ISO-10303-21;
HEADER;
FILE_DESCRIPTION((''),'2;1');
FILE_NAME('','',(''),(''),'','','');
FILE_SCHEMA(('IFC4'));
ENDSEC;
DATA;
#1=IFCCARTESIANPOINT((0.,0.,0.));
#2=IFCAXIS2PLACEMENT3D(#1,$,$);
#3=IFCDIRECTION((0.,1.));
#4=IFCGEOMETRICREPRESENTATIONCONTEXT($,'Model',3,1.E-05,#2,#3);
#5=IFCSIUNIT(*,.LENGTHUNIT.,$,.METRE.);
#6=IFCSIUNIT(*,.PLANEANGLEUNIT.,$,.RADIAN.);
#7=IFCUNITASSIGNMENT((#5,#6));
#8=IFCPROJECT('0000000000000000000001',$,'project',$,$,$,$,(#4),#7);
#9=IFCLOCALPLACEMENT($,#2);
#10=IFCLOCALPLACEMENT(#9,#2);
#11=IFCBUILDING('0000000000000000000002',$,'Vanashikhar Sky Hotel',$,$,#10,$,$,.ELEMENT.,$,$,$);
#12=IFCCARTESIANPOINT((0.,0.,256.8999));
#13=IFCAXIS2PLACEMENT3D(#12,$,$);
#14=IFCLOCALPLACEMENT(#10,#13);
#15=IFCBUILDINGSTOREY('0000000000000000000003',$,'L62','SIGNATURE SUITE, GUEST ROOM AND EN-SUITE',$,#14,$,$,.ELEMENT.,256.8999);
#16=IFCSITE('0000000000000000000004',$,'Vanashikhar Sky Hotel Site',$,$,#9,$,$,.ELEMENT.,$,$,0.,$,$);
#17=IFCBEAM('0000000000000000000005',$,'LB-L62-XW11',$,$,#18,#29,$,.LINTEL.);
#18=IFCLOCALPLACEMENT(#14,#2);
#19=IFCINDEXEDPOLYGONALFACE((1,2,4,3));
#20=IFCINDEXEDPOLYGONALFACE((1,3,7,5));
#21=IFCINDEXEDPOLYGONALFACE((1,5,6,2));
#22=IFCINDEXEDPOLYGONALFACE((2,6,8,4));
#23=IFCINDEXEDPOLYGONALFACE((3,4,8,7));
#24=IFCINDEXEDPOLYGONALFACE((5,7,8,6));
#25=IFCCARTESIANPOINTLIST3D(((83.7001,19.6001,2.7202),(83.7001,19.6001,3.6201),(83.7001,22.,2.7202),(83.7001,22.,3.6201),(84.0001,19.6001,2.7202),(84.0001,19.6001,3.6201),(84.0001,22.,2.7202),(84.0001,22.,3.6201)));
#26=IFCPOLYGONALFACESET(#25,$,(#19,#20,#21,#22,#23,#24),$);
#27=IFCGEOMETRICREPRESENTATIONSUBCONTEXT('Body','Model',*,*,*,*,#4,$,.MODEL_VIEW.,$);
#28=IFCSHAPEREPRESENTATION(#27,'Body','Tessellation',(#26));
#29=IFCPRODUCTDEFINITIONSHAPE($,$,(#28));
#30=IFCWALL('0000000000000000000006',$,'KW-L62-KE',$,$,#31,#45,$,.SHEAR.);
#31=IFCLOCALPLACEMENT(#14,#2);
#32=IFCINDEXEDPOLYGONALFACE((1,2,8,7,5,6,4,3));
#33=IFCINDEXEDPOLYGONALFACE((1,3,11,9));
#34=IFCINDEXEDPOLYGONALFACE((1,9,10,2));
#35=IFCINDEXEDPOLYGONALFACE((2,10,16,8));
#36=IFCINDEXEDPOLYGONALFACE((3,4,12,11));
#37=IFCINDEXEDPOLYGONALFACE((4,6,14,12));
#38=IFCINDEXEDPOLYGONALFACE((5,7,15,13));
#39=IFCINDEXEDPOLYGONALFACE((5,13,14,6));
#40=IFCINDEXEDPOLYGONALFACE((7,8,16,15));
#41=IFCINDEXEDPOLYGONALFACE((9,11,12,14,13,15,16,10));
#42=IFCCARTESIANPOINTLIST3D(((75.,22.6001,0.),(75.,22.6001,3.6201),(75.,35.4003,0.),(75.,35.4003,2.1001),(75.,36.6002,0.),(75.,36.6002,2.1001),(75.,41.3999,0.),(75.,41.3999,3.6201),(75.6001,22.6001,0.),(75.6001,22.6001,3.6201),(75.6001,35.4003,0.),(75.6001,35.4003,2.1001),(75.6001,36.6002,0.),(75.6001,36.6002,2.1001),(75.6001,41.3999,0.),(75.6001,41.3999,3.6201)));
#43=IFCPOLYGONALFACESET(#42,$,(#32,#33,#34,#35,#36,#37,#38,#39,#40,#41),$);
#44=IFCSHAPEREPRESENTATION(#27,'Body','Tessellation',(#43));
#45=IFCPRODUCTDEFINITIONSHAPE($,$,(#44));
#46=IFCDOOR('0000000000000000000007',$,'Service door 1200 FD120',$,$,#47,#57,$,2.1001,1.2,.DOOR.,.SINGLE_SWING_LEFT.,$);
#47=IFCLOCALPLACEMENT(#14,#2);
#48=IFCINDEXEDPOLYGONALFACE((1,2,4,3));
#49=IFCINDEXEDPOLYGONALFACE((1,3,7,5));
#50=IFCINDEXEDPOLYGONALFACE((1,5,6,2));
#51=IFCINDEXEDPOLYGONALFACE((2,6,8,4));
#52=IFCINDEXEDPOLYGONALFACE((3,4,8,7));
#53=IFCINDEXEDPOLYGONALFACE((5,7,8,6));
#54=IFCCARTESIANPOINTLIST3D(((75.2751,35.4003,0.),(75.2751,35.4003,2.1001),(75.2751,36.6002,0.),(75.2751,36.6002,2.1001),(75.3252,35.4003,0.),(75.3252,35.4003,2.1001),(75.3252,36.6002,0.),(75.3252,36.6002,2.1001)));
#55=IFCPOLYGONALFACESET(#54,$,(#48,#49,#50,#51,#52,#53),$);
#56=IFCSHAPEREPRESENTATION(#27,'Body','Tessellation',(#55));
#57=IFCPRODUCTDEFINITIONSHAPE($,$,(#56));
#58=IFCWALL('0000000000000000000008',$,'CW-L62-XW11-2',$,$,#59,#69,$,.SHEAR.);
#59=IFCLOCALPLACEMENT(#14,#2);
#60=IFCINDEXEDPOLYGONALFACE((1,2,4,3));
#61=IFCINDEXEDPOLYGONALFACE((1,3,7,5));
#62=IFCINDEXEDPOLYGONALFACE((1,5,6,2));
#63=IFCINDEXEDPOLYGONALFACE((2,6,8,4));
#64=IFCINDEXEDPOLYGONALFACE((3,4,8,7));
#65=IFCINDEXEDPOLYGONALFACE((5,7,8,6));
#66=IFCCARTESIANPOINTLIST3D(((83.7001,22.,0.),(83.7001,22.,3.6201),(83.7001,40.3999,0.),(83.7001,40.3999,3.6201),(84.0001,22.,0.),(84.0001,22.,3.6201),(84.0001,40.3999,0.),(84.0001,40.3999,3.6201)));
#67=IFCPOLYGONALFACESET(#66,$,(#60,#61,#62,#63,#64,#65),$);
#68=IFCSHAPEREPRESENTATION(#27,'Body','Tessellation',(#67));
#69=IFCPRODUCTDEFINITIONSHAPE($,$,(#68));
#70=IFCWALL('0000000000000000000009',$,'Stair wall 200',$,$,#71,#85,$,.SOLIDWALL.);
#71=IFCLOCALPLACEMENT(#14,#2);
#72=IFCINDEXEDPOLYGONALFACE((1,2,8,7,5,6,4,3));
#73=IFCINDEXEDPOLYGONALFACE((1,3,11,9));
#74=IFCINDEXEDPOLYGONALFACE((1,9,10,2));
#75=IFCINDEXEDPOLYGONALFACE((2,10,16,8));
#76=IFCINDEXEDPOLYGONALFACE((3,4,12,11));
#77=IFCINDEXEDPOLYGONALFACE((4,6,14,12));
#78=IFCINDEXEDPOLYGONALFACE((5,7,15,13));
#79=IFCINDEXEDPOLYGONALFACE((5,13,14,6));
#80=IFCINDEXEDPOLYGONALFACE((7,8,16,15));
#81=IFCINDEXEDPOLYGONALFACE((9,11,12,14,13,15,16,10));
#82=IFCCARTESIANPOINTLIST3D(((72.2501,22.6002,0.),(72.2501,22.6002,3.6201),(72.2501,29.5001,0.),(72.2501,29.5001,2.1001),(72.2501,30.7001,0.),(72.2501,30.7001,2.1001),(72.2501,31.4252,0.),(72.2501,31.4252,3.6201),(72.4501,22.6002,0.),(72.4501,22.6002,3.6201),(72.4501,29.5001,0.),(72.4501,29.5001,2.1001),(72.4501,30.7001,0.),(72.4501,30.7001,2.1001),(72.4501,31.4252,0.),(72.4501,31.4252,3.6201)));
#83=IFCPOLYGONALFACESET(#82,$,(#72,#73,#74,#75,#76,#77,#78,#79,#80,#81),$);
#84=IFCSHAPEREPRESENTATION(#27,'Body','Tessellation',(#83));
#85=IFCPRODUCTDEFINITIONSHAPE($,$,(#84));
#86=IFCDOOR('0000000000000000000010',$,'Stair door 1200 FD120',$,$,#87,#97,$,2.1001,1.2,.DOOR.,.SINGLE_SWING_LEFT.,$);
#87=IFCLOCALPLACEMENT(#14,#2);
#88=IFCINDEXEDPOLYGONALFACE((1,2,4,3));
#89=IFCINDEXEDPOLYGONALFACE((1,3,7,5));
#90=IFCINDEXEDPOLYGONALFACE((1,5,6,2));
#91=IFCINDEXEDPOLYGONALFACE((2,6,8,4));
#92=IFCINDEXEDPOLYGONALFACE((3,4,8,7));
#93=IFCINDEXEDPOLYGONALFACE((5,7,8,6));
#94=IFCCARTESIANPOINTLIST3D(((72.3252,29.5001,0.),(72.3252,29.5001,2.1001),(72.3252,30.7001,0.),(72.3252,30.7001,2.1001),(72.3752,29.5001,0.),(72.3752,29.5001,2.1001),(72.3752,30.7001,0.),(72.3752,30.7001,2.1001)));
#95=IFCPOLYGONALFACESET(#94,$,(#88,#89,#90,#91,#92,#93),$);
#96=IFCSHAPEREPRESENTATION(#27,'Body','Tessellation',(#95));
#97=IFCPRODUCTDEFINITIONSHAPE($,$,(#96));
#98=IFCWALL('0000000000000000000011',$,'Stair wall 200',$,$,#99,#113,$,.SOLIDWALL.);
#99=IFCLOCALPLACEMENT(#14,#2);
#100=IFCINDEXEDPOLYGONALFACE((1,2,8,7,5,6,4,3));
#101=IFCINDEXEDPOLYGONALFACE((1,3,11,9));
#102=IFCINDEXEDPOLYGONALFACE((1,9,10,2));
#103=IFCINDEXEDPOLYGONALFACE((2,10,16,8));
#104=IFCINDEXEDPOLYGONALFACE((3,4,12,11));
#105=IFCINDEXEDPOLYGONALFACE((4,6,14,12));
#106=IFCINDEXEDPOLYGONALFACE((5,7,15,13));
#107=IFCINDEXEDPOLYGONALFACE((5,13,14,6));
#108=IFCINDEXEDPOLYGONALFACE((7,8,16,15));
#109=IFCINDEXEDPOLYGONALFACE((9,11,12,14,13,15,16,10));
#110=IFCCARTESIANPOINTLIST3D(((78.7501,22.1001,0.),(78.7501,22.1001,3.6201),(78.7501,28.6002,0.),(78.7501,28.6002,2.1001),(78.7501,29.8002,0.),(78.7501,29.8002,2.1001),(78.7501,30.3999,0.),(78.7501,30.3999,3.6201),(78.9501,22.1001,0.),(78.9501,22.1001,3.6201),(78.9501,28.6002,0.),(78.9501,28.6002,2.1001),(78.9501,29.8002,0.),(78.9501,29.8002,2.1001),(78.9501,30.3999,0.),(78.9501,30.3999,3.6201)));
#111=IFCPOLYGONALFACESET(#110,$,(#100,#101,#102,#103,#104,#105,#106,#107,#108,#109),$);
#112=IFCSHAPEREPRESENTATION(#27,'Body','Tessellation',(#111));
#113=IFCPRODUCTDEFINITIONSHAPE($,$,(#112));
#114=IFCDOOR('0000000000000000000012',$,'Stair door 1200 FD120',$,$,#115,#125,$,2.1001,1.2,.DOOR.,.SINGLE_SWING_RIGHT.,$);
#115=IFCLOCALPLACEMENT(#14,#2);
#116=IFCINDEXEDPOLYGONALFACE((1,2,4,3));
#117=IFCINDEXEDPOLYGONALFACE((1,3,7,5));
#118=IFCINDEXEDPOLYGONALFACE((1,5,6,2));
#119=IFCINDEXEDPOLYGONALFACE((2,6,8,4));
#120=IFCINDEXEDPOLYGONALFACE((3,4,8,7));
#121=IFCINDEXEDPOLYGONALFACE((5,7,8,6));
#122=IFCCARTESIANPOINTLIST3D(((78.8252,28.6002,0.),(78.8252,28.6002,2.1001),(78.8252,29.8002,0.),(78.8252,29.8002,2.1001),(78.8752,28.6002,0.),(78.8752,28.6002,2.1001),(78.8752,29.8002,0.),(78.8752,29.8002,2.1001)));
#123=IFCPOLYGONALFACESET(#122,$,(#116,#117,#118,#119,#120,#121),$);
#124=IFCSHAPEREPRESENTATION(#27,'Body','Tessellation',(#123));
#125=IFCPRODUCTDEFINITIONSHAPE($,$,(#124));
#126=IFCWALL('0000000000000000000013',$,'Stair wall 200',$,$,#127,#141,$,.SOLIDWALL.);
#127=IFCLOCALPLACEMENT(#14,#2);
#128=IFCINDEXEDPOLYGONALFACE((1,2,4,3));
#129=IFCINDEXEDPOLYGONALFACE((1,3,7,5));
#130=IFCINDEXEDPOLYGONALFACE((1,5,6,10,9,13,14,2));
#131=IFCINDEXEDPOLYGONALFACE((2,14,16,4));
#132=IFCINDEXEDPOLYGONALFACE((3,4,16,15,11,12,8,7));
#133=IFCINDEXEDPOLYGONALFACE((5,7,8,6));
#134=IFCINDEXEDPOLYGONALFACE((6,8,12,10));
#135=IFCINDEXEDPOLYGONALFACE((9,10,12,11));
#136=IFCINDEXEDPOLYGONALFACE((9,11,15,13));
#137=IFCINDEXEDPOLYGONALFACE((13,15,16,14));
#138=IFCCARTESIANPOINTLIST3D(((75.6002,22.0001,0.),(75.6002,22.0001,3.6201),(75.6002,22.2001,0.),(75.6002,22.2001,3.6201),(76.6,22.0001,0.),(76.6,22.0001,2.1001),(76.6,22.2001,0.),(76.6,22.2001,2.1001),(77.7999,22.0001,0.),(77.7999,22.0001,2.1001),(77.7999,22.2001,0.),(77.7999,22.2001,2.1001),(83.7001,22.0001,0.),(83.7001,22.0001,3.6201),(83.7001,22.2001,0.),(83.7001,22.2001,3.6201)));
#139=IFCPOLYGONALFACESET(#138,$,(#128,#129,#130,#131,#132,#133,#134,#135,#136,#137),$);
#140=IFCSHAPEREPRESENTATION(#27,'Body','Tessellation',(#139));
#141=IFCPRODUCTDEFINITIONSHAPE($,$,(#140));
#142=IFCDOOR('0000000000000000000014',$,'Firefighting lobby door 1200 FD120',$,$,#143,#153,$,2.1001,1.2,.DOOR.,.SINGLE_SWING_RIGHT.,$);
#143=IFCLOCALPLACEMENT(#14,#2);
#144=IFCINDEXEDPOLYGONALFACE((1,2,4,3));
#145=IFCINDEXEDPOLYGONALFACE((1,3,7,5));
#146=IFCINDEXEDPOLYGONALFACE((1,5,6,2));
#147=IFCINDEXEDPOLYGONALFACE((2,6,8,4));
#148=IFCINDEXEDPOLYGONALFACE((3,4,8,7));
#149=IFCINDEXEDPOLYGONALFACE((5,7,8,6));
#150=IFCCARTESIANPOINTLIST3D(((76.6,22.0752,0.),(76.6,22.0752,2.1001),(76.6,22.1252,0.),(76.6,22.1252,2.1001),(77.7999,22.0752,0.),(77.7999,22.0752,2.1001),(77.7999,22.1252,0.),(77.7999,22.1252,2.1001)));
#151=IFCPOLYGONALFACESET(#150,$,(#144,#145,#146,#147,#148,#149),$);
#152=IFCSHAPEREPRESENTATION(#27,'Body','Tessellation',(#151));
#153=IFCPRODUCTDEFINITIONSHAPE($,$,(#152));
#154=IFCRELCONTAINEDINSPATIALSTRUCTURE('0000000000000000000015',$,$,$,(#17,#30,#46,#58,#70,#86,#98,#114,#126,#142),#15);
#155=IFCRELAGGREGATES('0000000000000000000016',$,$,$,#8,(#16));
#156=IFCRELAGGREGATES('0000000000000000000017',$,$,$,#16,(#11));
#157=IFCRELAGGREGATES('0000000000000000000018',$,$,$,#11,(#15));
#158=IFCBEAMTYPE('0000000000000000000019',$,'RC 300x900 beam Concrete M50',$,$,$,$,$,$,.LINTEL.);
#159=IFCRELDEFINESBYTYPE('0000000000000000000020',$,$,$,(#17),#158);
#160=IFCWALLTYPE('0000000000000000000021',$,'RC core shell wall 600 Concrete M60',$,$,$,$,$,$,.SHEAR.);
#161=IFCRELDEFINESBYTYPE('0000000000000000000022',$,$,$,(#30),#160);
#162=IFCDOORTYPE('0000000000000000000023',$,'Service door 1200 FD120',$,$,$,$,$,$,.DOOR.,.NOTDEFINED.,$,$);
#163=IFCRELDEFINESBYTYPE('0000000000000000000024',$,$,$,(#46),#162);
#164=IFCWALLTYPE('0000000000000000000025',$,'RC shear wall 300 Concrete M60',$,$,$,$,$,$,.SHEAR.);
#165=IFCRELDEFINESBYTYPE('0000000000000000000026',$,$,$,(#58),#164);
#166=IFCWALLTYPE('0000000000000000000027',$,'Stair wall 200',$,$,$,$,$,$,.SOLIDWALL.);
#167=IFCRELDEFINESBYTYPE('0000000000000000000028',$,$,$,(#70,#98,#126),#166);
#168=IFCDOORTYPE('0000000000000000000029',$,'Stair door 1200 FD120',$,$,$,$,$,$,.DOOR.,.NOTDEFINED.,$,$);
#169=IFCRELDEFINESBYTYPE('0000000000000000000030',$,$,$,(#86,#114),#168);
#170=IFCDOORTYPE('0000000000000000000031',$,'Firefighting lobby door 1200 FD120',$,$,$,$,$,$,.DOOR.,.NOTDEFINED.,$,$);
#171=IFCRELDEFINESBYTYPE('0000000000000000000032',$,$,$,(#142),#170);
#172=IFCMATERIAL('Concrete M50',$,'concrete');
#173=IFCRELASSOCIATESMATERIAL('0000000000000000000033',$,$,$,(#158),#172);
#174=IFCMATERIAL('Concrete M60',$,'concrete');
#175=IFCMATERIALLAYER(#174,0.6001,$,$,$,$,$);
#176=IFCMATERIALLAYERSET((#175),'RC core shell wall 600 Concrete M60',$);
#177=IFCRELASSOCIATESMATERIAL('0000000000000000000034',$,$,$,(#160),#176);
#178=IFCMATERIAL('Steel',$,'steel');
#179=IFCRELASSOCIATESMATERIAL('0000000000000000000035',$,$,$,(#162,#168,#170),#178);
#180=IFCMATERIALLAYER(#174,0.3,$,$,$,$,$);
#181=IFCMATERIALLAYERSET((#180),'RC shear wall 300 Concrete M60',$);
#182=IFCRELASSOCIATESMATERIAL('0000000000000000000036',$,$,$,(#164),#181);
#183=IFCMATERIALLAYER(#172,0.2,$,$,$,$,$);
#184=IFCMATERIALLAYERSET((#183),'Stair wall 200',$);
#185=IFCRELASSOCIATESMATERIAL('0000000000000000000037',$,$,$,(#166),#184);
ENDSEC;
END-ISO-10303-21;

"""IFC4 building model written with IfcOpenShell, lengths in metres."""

from ifc_helpers import new_model, si_unit, direction, frame, frame_2d, origin, origin_2d, place, context, subcontext, project, spatial, rectangle, extrude, source, transform, mapped, material, layer, layer_set, material_profile, profile_set, type_object, element, fill, save


model = new_model("IFC4")

# Units and contexts
model_context = context("Model", 3, precision=1e-05, world=origin(), true_north=direction((0.0, 1.0)))
body_context = subcontext(model_context, "Body", "Model", "MODEL_VIEW")
ifc_project = project(units=[si_unit("LENGTHUNIT", "METRE"), si_unit("PLANEANGLEUNIT", "RADIAN")], contexts=[model_context])

# Site, building, storey
site_placement = place(None, origin())
site = spatial("IfcSite", under=ifc_project, at=site_placement, Name="Vanashikhar Sky Hotel Site", CompositionType="ELEMENT", RefElevation=0.0)
building_placement = place(site_placement, origin())
building = spatial("IfcBuilding", under=site, at=building_placement, Name="Vanashikhar Sky Hotel", CompositionType="ELEMENT")
storey_placement = place(building_placement, frame((0.0, 0.0, 256.8999)))
storey = spatial("IfcBuildingStorey", under=building, at=storey_placement, Name="L62", Description="SIGNATURE SUITE, GUEST ROOM AND EN-SUITE", CompositionType="ELEMENT", Elevation=256.8999)

# Beam
ifc_material_1 = material(Name="Concrete M50", Category="concrete")
ifc_material_profile = material_profile(ifc_material_1, rectangle(XDim=0.3, YDim=0.8999, at=origin_2d()))
ifc_profile_set = profile_set([ifc_material_profile], Name="RC 300x900 beam Concrete M50")
beam_type = type_object("IfcBeamType", Name="RC 300x900 beam Concrete M50", PredefinedType="LINTEL", material=ifc_profile_set)
shared_shape_1 = source(origin(), body_context, "Body", "SweptSolid", [
    extrude(rectangle(XDim=0.3, YDim=0.8999, at=origin_2d()), origin(), (0.0, 0.0, 1.0), 2.3999),
])
beam_placement = place(storey_placement, frame((83.8501, 19.6001, 3.1702), z_axis=(0.0, 1.0, 0.0), x_axis=(-1.0, 0.0, 0.0)))
element("IfcBeam", 1, at=beam_placement, inside=storey, type_object=beam_type, Name="LB-L62-XW11", PredefinedType="LINTEL", context=body_context, shape_type="MappedRepresentation", body=[
    mapped(shared_shape_1, transform((0.0, 0.0, 0.0), scale=1.0)),
])

# Wall, opening, door
ifc_material_2 = material(Name="Concrete M60", Category="concrete")
ifc_layer_1 = layer(ifc_material_2, 0.6001)
ifc_layer_set_1 = layer_set([ifc_layer_1], Name="RC core shell wall 600 Concrete M60")
wall_type_1 = type_object("IfcWallType", Name="RC core shell wall 600 Concrete M60", PredefinedType="SHEAR", material=ifc_layer_set_1)
shared_shape_2 = source(origin(), body_context, "Body", "SweptSolid", [
    extrude(rectangle(XDim=18.7998, YDim=0.6001, at=frame_2d((9.3999, 0.0))), origin(), (0.0, 0.0, 1.0), 3.6201),
])
wall_1_placement = place(storey_placement, frame((75.3, 22.6001, 0.0), z_axis=(0.0, 0.0, 1.0), x_axis=(0.0, 1.0, 0.0)))
wall_1 = element("IfcWall", 2, at=wall_1_placement, inside=storey, type_object=wall_type_1, Name="KW-L62-KE", PredefinedType="SHEAR", context=body_context, shape_type="MappedRepresentation", body=[
    mapped(shared_shape_2, transform((0.0, 0.0, 0.0), scale=1.0)),
])
shared_shape_3 = source(origin(), body_context, "Body", "SweptSolid", [
    extrude(rectangle(XDim=1.2, YDim=2.1001, at=frame_2d((0.6001, 1.05))), frame((0.0, 0.3101, 0.0), z_axis=(0.0, -1.0, 0.0), x_axis=(1.0, 0.0, 0.0)), (0.0, 0.0, 1.0), 0.6201),
])
opening_1_placement = place(wall_1_placement, frame((12.8, 0.0, 0.0)))
opening_1 = element("IfcOpeningElement", 3, at=opening_1_placement, cuts=wall_1, PredefinedType="OPENING", context=body_context, shape_type="MappedRepresentation", body=[
    mapped(shared_shape_3, transform((0.0, 0.0, 0.0), scale=1.0)),
])
ifc_material_3 = material(Name="Steel", Category="steel")
door_type_1 = type_object("IfcDoorType", Name="Service door 1200 FD120", OperationType="NOTDEFINED", PredefinedType="DOOR", material=ifc_material_3)
shared_shape_4 = source(origin(), body_context, "Body", "SweptSolid", [
    extrude(rectangle(XDim=1.2, YDim=2.1001, at=frame_2d((0.6001, 1.05))), frame((0.0, 0.0249, 0.0), z_axis=(0.0, -1.0, 0.0), x_axis=(1.0, 0.0, 0.0)), (0.0, 0.0, 1.0), 0.05),
])
door_1_placement = place(opening_1_placement, origin())
door_1 = element("IfcDoor", 4, at=door_1_placement, inside=storey, type_object=door_type_1, Name="Service door 1200 FD120", OperationType="SINGLE_SWING_LEFT", OverallHeight=2.1001, OverallWidth=1.2, PredefinedType="DOOR", context=body_context, shape_type="MappedRepresentation", body=[
    mapped(shared_shape_4, transform((0.0, 0.0, 0.0), scale=1.0)),
])
fill(opening_1, door_1)

# Wall
ifc_layer_2 = layer(ifc_material_2, 0.3)
ifc_layer_set_2 = layer_set([ifc_layer_2], Name="RC shear wall 300 Concrete M60")
wall_type_2 = type_object("IfcWallType", Name="RC shear wall 300 Concrete M60", PredefinedType="SHEAR", material=ifc_layer_set_2)
shared_shape_5 = source(origin(), body_context, "Body", "SweptSolid", [
    extrude(rectangle(XDim=18.3999, YDim=0.3, at=frame_2d((9.2, 0.0))), origin(), (0.0, 0.0, 1.0), 3.6201),
])
wall_2_placement = place(storey_placement, frame((83.8501, 22.0, 0.0), z_axis=(0.0, 0.0, 1.0), x_axis=(0.0, 1.0, 0.0)))
element("IfcWall", 5, at=wall_2_placement, inside=storey, type_object=wall_type_2, Name="CW-L62-XW11-2", PredefinedType="SHEAR", context=body_context, shape_type="MappedRepresentation", body=[
    mapped(shared_shape_5, transform((0.0, 0.0, 0.0), scale=1.0)),
])

# Walls, openings, doors
ifc_layer_3 = layer(ifc_material_1, 0.2)
ifc_layer_set_3 = layer_set([ifc_layer_3], Name="Stair wall 200")
wall_type_3 = type_object("IfcWallType", Name="Stair wall 200", PredefinedType="SOLIDWALL", material=ifc_layer_set_3)
shared_shape_6 = source(origin(), body_context, "Body", "SweptSolid", [
    extrude(rectangle(XDim=8.825, YDim=0.2, at=frame_2d((4.4126, 0.0))), origin(), (0.0, 0.0, 1.0), 3.6201),
])
wall_3_placement = place(storey_placement, frame((72.3501, 22.6001, 0.0), z_axis=(0.0, 0.0, 1.0), x_axis=(0.0, 1.0, 0.0)))
wall_3 = element("IfcWall", 6, at=wall_3_placement, inside=storey, type_object=wall_type_3, Name="Stair wall 200", PredefinedType="SOLIDWALL", context=body_context, shape_type="MappedRepresentation", body=[
    mapped(shared_shape_6, transform((0.0, 0.0, 0.0), scale=1.0)),
])
shared_shape_7 = source(origin(), body_context, "Body", "SweptSolid", [
    extrude(rectangle(XDim=1.2, YDim=2.1001, at=frame_2d((0.6001, 1.05))), frame((0.0, 0.1099, 0.0), z_axis=(0.0, -1.0, 0.0), x_axis=(1.0, 0.0, 0.0)), (0.0, 0.0, 1.0), 0.22),
])
opening_2_placement = place(wall_3_placement, frame((6.8999, 0.0, 0.0)))
opening_2 = element("IfcOpeningElement", 7, at=opening_2_placement, cuts=wall_3, PredefinedType="OPENING", context=body_context, shape_type="MappedRepresentation", body=[
    mapped(shared_shape_7, transform((0.0, 0.0, 0.0), scale=1.0)),
])
door_type_2 = type_object("IfcDoorType", Name="Stair door 1200 FD120", OperationType="NOTDEFINED", PredefinedType="DOOR", material=ifc_material_3)
door_2_placement = place(opening_2_placement, origin())
door_2 = element("IfcDoor", 8, at=door_2_placement, inside=storey, type_object=door_type_2, Name="Stair door 1200 FD120", OperationType="SINGLE_SWING_LEFT", OverallHeight=2.1001, OverallWidth=1.2, PredefinedType="DOOR", context=body_context, shape_type="MappedRepresentation", body=[
    mapped(shared_shape_4, transform((0.0, 0.0, 0.0), scale=1.0)),
])
fill(opening_2, door_2)
shared_shape_8 = source(origin(), body_context, "Body", "SweptSolid", [
    extrude(rectangle(XDim=8.2998, YDim=0.2, at=frame_2d((4.1499, 0.0))), origin(), (0.0, 0.0, 1.0), 3.6201),
])
wall_4_placement = place(storey_placement, frame((78.8501, 22.1001, 0.0), z_axis=(0.0, 0.0, 1.0), x_axis=(0.0, 1.0, 0.0)))
wall_4 = element("IfcWall", 9, at=wall_4_placement, inside=storey, type_object=wall_type_3, Name="Stair wall 200", PredefinedType="SOLIDWALL", context=body_context, shape_type="MappedRepresentation", body=[
    mapped(shared_shape_8, transform((0.0, 0.0, 0.0), scale=1.0)),
])
opening_3_placement = place(wall_4_placement, frame((6.5, 0.0, 0.0)))
opening_3 = element("IfcOpeningElement", 10, at=opening_3_placement, cuts=wall_4, PredefinedType="OPENING", context=body_context, shape_type="MappedRepresentation", body=[
    mapped(shared_shape_7, transform((0.0, 0.0, 0.0), scale=1.0)),
])
door_3_placement = place(opening_3_placement, origin())
door_3 = element("IfcDoor", 11, at=door_3_placement, inside=storey, type_object=door_type_2, Name="Stair door 1200 FD120", OperationType="SINGLE_SWING_RIGHT", OverallHeight=2.1001, OverallWidth=1.2, PredefinedType="DOOR", context=body_context, shape_type="MappedRepresentation", body=[
    mapped(shared_shape_4, transform((0.0, 0.0, 0.0), scale=1.0)),
])
fill(opening_3, door_3)
shared_shape_9 = source(origin(), body_context, "Body", "SweptSolid", [
    extrude(rectangle(XDim=8.0999, YDim=0.2, at=frame_2d((4.0498, 0.0))), origin(), (0.0, 0.0, 1.0), 3.6201),
])
wall_5_placement = place(storey_placement, frame((83.7, 22.1001, 0.0), z_axis=(0.0, 0.0, 1.0), x_axis=(-1.0, 0.0, 0.0)))
wall_5 = element("IfcWall", 12, at=wall_5_placement, inside=storey, type_object=wall_type_3, Name="Stair wall 200", PredefinedType="SOLIDWALL", context=body_context, shape_type="MappedRepresentation", body=[
    mapped(shared_shape_9, transform((0.0, 0.0, 0.0), scale=1.0)),
])
opening_4_placement = place(wall_5_placement, frame((5.8999, 0.0, 0.0)))
opening_4 = element("IfcOpeningElement", 13, at=opening_4_placement, cuts=wall_5, PredefinedType="OPENING", context=body_context, shape_type="MappedRepresentation", body=[
    mapped(shared_shape_7, transform((0.0, 0.0, 0.0), scale=1.0)),
])
door_type_3 = type_object("IfcDoorType", Name="Firefighting lobby door 1200 FD120", OperationType="NOTDEFINED", PredefinedType="DOOR", material=ifc_material_3)
door_4_placement = place(opening_4_placement, origin())
door_4 = element("IfcDoor", 14, at=door_4_placement, inside=storey, type_object=door_type_3, Name="Firefighting lobby door 1200 FD120", OperationType="SINGLE_SWING_RIGHT", OverallHeight=2.1001, OverallWidth=1.2, PredefinedType="DOOR", context=body_context, shape_type="MappedRepresentation", body=[
    mapped(shared_shape_4, transform((0.0, 0.0, 0.0), scale=1.0)),
])
fill(opening_4, door_4)

save(model, "model.ifc")
